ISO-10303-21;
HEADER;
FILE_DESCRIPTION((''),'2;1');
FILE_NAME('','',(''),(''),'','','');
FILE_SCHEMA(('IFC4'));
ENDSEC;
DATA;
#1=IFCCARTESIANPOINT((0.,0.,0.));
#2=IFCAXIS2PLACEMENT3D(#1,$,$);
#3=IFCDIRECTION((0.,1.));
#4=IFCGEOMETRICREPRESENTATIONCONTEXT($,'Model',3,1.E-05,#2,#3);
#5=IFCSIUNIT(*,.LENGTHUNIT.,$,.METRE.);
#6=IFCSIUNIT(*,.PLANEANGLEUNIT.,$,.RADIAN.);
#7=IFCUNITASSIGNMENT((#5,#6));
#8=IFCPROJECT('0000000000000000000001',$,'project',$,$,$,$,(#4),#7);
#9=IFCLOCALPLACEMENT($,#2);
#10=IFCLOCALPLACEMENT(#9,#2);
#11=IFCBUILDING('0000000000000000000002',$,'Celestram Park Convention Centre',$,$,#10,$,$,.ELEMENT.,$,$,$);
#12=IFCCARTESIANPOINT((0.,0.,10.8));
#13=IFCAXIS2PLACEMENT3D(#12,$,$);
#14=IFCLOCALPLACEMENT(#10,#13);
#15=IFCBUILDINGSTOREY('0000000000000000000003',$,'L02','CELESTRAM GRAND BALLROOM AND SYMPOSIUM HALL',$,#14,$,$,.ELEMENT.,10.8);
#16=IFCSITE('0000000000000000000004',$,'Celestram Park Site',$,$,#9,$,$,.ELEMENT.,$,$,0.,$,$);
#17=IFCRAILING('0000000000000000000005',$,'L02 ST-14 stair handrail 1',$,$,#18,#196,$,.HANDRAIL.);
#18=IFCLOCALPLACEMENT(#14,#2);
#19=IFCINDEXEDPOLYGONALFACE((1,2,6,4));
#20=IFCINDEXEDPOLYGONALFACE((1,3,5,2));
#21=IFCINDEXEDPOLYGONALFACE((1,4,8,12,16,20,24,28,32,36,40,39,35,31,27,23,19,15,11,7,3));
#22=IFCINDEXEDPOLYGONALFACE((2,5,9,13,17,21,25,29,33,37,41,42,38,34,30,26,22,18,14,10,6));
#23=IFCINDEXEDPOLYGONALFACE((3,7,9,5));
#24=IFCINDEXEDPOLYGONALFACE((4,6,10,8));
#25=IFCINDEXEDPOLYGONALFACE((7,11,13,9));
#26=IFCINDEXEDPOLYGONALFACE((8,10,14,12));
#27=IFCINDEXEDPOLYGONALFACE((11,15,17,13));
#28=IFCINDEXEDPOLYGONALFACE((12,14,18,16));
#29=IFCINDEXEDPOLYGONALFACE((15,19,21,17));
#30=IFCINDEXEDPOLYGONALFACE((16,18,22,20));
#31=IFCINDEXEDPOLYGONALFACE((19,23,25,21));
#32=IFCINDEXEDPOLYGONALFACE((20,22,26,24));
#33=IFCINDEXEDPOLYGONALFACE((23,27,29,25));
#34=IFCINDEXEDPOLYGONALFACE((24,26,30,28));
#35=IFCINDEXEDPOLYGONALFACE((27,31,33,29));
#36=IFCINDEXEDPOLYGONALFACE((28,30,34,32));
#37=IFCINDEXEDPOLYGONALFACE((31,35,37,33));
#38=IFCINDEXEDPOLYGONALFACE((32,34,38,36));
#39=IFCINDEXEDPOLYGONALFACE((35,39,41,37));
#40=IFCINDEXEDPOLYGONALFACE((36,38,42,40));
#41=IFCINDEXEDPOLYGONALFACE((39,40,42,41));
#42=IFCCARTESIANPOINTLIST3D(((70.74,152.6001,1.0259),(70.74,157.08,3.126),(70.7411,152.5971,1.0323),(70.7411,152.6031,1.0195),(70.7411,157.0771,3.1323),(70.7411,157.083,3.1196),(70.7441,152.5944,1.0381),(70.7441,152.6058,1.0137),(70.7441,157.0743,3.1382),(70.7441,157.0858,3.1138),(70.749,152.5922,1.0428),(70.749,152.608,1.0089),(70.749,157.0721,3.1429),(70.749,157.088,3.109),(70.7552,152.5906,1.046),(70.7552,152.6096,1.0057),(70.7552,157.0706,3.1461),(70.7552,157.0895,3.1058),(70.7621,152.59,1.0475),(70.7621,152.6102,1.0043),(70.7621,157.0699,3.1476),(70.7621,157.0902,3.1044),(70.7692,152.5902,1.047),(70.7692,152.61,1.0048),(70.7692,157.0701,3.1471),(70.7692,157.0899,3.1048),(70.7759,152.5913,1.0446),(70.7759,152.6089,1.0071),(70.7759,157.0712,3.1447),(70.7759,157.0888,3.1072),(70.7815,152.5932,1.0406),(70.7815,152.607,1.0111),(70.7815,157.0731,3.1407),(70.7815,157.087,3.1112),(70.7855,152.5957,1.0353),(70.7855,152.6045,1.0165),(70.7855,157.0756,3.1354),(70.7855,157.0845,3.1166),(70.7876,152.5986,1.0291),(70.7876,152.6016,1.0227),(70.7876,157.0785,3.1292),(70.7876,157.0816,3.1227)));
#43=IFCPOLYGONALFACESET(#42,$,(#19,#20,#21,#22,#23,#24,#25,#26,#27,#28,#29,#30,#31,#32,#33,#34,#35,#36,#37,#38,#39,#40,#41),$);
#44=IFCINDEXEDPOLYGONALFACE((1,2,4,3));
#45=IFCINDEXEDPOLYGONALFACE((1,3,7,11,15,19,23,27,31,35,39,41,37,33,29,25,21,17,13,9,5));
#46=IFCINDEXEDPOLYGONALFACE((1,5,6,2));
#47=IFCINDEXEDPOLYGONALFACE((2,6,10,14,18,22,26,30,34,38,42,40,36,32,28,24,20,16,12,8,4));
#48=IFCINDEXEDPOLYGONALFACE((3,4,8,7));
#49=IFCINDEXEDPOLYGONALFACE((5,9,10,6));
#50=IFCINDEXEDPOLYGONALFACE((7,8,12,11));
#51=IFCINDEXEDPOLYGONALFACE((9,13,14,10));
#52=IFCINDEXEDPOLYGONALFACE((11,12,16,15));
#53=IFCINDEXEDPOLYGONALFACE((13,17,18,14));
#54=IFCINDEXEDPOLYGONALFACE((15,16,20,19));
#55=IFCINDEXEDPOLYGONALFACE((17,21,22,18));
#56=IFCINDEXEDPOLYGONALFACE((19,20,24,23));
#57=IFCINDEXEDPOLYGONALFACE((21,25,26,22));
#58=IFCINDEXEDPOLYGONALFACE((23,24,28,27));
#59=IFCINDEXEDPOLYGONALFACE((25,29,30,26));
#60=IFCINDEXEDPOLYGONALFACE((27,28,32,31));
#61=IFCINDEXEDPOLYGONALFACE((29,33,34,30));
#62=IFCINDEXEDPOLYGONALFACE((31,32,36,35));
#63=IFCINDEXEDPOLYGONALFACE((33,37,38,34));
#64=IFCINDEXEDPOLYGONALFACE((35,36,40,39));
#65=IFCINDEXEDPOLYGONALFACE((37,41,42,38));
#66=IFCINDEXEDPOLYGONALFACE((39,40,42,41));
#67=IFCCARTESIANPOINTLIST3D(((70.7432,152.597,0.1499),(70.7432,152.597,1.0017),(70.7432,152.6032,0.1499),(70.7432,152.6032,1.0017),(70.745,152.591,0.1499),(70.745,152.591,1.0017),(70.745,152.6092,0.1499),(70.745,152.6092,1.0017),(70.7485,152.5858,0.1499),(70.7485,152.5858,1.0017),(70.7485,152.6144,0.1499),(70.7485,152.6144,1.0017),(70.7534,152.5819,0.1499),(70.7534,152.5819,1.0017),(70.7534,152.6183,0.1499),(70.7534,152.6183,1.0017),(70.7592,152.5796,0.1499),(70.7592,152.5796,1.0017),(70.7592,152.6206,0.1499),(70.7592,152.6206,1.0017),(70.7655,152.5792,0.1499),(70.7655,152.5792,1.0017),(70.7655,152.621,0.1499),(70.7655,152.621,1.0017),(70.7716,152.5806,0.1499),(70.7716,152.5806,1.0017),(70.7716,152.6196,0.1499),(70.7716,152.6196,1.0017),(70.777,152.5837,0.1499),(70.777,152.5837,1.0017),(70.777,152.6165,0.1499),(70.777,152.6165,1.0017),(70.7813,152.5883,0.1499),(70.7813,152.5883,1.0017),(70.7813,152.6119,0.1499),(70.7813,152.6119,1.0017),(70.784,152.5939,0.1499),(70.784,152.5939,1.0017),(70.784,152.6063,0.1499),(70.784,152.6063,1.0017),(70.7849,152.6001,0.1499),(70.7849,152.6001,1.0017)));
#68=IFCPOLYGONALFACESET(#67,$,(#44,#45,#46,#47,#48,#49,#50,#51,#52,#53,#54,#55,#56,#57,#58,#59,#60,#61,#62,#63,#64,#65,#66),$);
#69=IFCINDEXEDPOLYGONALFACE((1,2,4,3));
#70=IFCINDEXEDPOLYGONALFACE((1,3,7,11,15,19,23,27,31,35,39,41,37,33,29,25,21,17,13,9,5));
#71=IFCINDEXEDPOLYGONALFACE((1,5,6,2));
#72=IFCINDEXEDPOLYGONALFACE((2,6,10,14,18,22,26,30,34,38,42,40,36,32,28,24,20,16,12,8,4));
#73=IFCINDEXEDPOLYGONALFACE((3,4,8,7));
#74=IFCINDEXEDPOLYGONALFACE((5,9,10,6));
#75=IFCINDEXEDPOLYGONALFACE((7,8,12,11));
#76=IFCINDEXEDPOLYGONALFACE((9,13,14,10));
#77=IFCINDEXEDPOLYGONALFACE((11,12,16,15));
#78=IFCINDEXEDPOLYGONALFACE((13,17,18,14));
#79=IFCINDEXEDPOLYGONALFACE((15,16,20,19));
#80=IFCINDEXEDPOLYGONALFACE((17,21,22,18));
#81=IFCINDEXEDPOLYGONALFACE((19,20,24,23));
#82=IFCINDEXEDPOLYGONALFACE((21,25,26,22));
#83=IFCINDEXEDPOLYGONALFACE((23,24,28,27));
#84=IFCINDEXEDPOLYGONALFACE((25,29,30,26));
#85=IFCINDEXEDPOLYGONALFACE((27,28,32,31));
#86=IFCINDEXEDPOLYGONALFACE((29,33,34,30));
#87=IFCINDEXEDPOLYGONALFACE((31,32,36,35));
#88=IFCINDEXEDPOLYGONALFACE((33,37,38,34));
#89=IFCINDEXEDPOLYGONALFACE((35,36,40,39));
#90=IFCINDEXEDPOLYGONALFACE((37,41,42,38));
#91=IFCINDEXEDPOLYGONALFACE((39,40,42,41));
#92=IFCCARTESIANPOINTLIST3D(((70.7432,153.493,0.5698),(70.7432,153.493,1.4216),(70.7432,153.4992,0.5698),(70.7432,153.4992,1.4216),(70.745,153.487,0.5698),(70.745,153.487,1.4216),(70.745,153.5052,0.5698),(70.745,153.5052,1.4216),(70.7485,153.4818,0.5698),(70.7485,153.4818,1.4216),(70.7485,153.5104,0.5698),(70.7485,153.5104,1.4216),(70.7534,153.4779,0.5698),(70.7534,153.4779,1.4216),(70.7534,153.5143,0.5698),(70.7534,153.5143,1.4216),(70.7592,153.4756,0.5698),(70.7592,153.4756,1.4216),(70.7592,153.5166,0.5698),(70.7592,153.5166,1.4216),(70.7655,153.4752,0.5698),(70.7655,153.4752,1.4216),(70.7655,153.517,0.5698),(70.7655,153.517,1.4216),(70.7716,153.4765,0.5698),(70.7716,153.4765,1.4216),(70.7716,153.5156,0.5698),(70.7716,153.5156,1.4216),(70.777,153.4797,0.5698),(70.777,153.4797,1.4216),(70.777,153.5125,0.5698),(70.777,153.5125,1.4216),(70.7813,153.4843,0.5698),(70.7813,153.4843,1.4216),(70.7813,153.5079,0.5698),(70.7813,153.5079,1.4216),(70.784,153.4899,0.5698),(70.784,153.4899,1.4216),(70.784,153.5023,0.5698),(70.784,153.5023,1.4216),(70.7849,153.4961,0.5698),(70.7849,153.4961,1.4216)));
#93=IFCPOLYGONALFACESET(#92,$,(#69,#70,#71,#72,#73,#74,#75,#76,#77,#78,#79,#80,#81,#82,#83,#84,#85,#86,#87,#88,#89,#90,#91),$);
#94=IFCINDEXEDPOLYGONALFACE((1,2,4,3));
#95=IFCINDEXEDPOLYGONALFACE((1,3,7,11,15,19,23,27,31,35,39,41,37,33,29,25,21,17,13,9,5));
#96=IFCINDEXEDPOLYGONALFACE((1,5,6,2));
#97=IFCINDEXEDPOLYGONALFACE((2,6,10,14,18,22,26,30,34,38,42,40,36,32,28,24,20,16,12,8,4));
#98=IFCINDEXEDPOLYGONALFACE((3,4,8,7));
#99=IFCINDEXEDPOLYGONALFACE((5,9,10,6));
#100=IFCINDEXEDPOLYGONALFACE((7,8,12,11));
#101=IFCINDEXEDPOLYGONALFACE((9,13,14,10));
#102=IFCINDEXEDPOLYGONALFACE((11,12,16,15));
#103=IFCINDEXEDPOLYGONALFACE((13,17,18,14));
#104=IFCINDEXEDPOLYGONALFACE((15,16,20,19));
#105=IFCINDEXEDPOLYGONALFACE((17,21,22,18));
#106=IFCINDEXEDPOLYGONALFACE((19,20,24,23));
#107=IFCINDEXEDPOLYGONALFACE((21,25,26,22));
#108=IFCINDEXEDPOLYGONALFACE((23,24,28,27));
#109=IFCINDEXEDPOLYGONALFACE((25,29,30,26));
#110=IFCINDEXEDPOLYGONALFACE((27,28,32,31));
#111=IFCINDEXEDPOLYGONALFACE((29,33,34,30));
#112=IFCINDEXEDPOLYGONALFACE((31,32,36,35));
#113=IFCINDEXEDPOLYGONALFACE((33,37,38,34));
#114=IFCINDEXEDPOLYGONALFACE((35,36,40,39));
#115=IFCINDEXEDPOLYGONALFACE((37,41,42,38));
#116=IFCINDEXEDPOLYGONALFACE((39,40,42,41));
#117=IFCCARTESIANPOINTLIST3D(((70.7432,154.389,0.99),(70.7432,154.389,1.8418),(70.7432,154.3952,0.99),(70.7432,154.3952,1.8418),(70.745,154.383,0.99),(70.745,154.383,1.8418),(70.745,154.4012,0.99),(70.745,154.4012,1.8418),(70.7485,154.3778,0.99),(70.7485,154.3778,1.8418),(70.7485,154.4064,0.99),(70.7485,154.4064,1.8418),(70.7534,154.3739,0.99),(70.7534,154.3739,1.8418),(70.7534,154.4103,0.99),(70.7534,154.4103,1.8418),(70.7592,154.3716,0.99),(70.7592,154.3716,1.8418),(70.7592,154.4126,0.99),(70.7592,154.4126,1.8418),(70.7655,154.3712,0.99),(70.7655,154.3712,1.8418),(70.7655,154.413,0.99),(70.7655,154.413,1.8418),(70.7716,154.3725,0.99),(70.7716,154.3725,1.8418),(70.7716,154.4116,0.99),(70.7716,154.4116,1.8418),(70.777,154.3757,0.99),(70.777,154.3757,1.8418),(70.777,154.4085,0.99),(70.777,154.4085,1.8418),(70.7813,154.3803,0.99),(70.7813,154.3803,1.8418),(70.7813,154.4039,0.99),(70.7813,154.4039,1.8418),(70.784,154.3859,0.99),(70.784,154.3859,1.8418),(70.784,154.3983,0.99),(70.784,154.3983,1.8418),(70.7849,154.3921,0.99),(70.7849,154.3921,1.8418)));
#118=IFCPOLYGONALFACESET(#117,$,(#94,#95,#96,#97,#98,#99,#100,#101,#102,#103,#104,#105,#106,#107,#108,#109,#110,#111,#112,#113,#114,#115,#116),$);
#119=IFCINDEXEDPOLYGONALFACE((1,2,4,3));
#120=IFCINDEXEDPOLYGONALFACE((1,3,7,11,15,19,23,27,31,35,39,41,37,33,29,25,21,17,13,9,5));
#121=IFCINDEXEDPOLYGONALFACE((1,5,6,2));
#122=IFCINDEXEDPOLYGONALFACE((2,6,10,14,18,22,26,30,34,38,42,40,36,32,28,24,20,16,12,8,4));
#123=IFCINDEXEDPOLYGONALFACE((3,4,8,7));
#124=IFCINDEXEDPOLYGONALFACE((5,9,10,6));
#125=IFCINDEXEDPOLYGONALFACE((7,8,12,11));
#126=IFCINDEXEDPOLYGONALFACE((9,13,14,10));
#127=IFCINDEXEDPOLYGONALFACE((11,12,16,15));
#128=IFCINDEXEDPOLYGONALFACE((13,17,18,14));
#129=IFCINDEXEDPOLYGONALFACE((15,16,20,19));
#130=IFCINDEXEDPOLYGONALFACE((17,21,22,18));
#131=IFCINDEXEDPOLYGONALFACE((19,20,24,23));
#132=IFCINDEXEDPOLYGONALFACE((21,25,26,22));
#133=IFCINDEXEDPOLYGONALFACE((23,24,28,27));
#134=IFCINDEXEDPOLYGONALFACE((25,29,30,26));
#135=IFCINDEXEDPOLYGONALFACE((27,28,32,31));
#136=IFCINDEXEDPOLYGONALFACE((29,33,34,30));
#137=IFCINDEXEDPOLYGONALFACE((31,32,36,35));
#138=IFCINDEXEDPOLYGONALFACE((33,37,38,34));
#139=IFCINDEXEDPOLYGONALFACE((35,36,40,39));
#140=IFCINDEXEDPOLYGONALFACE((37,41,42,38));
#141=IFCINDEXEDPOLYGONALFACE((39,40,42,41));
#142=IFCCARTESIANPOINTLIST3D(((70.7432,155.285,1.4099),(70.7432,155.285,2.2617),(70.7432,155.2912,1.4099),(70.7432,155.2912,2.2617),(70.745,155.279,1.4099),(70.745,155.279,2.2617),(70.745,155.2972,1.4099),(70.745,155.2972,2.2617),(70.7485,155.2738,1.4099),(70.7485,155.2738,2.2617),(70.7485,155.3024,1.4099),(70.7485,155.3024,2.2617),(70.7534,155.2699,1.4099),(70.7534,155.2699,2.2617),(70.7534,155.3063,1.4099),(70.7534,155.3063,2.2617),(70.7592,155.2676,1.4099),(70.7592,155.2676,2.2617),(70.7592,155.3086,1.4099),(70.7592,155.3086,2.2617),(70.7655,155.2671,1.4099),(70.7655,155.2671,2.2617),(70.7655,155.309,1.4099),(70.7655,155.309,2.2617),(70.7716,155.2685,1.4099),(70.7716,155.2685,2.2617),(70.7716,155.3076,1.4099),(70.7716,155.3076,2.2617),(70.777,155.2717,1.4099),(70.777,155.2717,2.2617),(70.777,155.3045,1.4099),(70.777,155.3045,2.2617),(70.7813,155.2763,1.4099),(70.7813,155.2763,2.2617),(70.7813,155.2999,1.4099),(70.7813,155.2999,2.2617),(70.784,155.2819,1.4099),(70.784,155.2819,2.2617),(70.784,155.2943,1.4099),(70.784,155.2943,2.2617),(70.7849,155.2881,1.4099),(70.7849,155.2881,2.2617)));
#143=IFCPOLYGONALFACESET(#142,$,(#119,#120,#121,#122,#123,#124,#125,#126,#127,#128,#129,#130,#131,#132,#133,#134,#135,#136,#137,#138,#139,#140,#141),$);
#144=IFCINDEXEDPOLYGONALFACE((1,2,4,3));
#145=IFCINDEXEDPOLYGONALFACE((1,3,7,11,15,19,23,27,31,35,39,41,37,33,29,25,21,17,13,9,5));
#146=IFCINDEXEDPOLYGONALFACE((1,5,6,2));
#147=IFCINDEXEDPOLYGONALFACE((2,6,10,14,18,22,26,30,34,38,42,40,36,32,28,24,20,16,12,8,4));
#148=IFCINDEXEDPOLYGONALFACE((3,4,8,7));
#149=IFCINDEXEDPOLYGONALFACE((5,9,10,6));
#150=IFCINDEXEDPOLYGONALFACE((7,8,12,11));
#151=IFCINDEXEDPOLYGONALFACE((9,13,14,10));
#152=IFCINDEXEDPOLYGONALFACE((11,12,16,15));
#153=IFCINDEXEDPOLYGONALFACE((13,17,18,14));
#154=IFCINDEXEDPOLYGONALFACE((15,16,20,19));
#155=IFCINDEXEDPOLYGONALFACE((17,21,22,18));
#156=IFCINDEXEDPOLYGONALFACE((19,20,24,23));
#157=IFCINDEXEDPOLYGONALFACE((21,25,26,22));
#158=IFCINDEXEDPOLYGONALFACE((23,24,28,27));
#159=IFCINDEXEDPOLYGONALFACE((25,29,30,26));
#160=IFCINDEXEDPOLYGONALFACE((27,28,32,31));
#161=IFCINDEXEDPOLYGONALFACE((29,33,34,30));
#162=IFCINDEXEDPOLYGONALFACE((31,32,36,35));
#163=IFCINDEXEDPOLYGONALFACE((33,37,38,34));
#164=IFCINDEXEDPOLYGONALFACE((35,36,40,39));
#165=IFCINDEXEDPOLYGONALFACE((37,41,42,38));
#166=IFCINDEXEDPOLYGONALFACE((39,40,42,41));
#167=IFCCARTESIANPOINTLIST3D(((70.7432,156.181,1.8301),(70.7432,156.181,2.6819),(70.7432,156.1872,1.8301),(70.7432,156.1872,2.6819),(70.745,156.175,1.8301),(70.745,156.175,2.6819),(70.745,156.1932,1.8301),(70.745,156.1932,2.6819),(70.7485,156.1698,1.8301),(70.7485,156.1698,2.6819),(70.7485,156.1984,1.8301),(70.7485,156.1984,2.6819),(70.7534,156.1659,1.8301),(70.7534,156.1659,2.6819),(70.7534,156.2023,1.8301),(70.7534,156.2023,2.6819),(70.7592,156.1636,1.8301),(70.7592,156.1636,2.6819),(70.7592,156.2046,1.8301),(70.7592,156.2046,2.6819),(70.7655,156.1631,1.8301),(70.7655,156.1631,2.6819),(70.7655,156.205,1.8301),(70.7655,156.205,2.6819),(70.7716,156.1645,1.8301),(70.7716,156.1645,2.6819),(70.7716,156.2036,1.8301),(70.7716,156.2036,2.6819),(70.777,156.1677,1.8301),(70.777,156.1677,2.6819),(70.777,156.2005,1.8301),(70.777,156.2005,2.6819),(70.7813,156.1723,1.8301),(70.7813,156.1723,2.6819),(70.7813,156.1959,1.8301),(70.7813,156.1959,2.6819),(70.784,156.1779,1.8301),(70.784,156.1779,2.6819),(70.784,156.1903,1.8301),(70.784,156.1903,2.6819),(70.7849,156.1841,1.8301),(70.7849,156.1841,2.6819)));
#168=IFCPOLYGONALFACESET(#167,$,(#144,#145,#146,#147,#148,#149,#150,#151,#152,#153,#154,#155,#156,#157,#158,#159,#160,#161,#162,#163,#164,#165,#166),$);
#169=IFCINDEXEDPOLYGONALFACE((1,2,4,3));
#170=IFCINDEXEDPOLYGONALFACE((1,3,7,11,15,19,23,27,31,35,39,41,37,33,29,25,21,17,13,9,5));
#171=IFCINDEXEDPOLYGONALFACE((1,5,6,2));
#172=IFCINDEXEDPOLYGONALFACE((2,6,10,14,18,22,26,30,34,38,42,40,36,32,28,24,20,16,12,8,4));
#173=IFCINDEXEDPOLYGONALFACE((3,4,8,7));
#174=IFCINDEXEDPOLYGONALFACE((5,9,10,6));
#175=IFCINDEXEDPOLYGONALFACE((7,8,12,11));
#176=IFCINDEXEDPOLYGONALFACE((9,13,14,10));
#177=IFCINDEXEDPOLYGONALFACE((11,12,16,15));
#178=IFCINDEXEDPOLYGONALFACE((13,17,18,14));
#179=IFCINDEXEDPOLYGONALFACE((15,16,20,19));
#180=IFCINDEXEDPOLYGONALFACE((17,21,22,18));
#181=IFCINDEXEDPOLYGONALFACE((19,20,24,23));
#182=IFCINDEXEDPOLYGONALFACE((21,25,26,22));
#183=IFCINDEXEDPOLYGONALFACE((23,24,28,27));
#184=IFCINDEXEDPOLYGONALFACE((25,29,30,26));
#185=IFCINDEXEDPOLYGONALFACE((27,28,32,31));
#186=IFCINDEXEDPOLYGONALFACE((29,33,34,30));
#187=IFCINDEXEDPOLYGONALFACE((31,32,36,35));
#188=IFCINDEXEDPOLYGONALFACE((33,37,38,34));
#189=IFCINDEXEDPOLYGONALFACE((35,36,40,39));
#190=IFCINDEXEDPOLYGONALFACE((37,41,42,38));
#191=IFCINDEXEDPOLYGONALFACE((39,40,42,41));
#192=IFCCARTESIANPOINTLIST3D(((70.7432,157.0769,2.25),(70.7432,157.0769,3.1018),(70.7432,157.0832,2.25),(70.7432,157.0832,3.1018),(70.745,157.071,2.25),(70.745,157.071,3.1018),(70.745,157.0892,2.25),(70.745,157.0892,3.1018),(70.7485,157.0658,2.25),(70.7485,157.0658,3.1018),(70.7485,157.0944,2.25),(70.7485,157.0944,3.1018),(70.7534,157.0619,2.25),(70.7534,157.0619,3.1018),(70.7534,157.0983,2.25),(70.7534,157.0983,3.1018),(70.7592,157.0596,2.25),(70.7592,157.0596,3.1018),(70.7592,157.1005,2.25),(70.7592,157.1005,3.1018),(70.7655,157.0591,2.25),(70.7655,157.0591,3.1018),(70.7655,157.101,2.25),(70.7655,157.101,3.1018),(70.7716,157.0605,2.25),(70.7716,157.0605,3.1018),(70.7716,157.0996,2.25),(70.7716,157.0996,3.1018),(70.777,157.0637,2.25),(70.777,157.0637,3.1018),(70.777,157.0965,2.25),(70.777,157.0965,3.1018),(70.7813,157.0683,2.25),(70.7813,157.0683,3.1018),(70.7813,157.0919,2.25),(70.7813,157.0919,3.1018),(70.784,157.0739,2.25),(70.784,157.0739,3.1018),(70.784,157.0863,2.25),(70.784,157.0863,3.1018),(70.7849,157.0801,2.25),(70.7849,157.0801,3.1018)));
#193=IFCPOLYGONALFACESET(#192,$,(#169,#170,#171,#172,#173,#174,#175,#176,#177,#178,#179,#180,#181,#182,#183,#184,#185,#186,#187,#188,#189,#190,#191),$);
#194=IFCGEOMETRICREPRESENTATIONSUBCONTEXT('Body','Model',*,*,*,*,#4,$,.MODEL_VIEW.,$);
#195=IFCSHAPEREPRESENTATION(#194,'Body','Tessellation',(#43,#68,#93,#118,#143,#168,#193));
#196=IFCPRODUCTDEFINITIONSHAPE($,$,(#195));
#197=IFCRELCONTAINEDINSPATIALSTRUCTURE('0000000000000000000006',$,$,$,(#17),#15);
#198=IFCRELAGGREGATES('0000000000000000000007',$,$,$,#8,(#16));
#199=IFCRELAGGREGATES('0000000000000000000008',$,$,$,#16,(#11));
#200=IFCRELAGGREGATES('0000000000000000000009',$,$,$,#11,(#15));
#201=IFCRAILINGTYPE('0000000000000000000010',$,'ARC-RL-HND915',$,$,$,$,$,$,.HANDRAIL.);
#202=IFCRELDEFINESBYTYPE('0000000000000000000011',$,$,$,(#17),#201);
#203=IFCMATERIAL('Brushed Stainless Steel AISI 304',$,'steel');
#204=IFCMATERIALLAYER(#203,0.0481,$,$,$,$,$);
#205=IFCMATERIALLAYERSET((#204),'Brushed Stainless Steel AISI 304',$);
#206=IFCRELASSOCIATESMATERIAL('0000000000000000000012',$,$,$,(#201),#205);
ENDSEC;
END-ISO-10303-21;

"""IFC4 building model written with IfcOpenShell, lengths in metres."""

from ifc_helpers import new_model, si_unit, direction, frame, origin, origin_2d, place, context, subcontext, project, spatial, circle, extrude, material, layer, layer_set, type_object, element, save


model = new_model("IFC4")

# Units and contexts
model_context = context("Model", 3, precision=1e-05, world=origin(), true_north=direction((0.0, 1.0)))
body_context = subcontext(model_context, "Body", "Model", "MODEL_VIEW")
ifc_project = project(units=[si_unit("LENGTHUNIT", "METRE"), si_unit("PLANEANGLEUNIT", "RADIAN")], contexts=[model_context])

# Site, building, storey
site_placement = place(None, origin())
site = spatial("IfcSite", under=ifc_project, at=site_placement, Name="Celestram Park Site", CompositionType="ELEMENT", RefElevation=0.0)
building_placement = place(site_placement, origin())
building = spatial("IfcBuilding", under=site, at=building_placement, Name="Celestram Park Convention Centre", CompositionType="ELEMENT")
storey_placement = place(building_placement, frame((0.0, 0.0, 10.8)))
storey = spatial("IfcBuildingStorey", under=building, at=storey_placement, Name="L02", Description="CELESTRAM GRAND BALLROOM AND SYMPOSIUM HALL", CompositionType="ELEMENT", Elevation=10.8)

# Railing
ifc_material_1 = material(Name="Brushed Stainless Steel AISI 304", Category="steel")
ifc_layer_1 = layer(ifc_material_1, 0.0481)
ifc_layer_set_1 = layer_set([ifc_layer_1], Name="Brushed Stainless Steel AISI 304")
railing_type_1 = type_object("IfcRailingType", Name="ARC-RL-HND915", PredefinedType="HANDRAIL", material=ifc_layer_set_1)
railing_1_placement = place(storey_placement, frame((70.7639, 152.6001, 0.1499)))
element("IfcRailing", 1, at=railing_1_placement, inside=storey, type_object=railing_type_1, Name="L02 ST-14 stair handrail 1", PredefinedType="HANDRAIL", context=body_context, shape_type="SweptSolid", body=[
    extrude(circle(Radius=0.0239, at=origin_2d()), frame((0.0, 0.0, 0.876), z_axis=(0.0, 0.905451, 0.424452), x_axis=(-1.0, 0.0, 0.0)), (0.0, 0.0, 1.0), 4.9478),
    extrude(circle(Radius=0.021, at=origin_2d()), origin(), (0.0, 0.0, 1.0), 0.8518),
    extrude(circle(Radius=0.021, at=origin_2d()), frame((0.0, 0.896, 0.4199)), (0.0, 0.0, 1.0), 0.8518),
    extrude(circle(Radius=0.021, at=origin_2d()), frame((0.0, 1.792, 0.8401)), (0.0, 0.0, 1.0), 0.8518),
    extrude(circle(Radius=0.021, at=origin_2d()), frame((0.0, 2.688, 1.26)), (0.0, 0.0, 1.0), 0.8518),
    extrude(circle(Radius=0.021, at=origin_2d()), frame((0.0, 3.584, 1.6802)), (0.0, 0.0, 1.0), 0.8518),
    extrude(circle(Radius=0.021, at=origin_2d()), frame((0.0, 4.48, 2.1001)), (0.0, 0.0, 1.0), 0.8518),
])

save(model, "model.ifc")
